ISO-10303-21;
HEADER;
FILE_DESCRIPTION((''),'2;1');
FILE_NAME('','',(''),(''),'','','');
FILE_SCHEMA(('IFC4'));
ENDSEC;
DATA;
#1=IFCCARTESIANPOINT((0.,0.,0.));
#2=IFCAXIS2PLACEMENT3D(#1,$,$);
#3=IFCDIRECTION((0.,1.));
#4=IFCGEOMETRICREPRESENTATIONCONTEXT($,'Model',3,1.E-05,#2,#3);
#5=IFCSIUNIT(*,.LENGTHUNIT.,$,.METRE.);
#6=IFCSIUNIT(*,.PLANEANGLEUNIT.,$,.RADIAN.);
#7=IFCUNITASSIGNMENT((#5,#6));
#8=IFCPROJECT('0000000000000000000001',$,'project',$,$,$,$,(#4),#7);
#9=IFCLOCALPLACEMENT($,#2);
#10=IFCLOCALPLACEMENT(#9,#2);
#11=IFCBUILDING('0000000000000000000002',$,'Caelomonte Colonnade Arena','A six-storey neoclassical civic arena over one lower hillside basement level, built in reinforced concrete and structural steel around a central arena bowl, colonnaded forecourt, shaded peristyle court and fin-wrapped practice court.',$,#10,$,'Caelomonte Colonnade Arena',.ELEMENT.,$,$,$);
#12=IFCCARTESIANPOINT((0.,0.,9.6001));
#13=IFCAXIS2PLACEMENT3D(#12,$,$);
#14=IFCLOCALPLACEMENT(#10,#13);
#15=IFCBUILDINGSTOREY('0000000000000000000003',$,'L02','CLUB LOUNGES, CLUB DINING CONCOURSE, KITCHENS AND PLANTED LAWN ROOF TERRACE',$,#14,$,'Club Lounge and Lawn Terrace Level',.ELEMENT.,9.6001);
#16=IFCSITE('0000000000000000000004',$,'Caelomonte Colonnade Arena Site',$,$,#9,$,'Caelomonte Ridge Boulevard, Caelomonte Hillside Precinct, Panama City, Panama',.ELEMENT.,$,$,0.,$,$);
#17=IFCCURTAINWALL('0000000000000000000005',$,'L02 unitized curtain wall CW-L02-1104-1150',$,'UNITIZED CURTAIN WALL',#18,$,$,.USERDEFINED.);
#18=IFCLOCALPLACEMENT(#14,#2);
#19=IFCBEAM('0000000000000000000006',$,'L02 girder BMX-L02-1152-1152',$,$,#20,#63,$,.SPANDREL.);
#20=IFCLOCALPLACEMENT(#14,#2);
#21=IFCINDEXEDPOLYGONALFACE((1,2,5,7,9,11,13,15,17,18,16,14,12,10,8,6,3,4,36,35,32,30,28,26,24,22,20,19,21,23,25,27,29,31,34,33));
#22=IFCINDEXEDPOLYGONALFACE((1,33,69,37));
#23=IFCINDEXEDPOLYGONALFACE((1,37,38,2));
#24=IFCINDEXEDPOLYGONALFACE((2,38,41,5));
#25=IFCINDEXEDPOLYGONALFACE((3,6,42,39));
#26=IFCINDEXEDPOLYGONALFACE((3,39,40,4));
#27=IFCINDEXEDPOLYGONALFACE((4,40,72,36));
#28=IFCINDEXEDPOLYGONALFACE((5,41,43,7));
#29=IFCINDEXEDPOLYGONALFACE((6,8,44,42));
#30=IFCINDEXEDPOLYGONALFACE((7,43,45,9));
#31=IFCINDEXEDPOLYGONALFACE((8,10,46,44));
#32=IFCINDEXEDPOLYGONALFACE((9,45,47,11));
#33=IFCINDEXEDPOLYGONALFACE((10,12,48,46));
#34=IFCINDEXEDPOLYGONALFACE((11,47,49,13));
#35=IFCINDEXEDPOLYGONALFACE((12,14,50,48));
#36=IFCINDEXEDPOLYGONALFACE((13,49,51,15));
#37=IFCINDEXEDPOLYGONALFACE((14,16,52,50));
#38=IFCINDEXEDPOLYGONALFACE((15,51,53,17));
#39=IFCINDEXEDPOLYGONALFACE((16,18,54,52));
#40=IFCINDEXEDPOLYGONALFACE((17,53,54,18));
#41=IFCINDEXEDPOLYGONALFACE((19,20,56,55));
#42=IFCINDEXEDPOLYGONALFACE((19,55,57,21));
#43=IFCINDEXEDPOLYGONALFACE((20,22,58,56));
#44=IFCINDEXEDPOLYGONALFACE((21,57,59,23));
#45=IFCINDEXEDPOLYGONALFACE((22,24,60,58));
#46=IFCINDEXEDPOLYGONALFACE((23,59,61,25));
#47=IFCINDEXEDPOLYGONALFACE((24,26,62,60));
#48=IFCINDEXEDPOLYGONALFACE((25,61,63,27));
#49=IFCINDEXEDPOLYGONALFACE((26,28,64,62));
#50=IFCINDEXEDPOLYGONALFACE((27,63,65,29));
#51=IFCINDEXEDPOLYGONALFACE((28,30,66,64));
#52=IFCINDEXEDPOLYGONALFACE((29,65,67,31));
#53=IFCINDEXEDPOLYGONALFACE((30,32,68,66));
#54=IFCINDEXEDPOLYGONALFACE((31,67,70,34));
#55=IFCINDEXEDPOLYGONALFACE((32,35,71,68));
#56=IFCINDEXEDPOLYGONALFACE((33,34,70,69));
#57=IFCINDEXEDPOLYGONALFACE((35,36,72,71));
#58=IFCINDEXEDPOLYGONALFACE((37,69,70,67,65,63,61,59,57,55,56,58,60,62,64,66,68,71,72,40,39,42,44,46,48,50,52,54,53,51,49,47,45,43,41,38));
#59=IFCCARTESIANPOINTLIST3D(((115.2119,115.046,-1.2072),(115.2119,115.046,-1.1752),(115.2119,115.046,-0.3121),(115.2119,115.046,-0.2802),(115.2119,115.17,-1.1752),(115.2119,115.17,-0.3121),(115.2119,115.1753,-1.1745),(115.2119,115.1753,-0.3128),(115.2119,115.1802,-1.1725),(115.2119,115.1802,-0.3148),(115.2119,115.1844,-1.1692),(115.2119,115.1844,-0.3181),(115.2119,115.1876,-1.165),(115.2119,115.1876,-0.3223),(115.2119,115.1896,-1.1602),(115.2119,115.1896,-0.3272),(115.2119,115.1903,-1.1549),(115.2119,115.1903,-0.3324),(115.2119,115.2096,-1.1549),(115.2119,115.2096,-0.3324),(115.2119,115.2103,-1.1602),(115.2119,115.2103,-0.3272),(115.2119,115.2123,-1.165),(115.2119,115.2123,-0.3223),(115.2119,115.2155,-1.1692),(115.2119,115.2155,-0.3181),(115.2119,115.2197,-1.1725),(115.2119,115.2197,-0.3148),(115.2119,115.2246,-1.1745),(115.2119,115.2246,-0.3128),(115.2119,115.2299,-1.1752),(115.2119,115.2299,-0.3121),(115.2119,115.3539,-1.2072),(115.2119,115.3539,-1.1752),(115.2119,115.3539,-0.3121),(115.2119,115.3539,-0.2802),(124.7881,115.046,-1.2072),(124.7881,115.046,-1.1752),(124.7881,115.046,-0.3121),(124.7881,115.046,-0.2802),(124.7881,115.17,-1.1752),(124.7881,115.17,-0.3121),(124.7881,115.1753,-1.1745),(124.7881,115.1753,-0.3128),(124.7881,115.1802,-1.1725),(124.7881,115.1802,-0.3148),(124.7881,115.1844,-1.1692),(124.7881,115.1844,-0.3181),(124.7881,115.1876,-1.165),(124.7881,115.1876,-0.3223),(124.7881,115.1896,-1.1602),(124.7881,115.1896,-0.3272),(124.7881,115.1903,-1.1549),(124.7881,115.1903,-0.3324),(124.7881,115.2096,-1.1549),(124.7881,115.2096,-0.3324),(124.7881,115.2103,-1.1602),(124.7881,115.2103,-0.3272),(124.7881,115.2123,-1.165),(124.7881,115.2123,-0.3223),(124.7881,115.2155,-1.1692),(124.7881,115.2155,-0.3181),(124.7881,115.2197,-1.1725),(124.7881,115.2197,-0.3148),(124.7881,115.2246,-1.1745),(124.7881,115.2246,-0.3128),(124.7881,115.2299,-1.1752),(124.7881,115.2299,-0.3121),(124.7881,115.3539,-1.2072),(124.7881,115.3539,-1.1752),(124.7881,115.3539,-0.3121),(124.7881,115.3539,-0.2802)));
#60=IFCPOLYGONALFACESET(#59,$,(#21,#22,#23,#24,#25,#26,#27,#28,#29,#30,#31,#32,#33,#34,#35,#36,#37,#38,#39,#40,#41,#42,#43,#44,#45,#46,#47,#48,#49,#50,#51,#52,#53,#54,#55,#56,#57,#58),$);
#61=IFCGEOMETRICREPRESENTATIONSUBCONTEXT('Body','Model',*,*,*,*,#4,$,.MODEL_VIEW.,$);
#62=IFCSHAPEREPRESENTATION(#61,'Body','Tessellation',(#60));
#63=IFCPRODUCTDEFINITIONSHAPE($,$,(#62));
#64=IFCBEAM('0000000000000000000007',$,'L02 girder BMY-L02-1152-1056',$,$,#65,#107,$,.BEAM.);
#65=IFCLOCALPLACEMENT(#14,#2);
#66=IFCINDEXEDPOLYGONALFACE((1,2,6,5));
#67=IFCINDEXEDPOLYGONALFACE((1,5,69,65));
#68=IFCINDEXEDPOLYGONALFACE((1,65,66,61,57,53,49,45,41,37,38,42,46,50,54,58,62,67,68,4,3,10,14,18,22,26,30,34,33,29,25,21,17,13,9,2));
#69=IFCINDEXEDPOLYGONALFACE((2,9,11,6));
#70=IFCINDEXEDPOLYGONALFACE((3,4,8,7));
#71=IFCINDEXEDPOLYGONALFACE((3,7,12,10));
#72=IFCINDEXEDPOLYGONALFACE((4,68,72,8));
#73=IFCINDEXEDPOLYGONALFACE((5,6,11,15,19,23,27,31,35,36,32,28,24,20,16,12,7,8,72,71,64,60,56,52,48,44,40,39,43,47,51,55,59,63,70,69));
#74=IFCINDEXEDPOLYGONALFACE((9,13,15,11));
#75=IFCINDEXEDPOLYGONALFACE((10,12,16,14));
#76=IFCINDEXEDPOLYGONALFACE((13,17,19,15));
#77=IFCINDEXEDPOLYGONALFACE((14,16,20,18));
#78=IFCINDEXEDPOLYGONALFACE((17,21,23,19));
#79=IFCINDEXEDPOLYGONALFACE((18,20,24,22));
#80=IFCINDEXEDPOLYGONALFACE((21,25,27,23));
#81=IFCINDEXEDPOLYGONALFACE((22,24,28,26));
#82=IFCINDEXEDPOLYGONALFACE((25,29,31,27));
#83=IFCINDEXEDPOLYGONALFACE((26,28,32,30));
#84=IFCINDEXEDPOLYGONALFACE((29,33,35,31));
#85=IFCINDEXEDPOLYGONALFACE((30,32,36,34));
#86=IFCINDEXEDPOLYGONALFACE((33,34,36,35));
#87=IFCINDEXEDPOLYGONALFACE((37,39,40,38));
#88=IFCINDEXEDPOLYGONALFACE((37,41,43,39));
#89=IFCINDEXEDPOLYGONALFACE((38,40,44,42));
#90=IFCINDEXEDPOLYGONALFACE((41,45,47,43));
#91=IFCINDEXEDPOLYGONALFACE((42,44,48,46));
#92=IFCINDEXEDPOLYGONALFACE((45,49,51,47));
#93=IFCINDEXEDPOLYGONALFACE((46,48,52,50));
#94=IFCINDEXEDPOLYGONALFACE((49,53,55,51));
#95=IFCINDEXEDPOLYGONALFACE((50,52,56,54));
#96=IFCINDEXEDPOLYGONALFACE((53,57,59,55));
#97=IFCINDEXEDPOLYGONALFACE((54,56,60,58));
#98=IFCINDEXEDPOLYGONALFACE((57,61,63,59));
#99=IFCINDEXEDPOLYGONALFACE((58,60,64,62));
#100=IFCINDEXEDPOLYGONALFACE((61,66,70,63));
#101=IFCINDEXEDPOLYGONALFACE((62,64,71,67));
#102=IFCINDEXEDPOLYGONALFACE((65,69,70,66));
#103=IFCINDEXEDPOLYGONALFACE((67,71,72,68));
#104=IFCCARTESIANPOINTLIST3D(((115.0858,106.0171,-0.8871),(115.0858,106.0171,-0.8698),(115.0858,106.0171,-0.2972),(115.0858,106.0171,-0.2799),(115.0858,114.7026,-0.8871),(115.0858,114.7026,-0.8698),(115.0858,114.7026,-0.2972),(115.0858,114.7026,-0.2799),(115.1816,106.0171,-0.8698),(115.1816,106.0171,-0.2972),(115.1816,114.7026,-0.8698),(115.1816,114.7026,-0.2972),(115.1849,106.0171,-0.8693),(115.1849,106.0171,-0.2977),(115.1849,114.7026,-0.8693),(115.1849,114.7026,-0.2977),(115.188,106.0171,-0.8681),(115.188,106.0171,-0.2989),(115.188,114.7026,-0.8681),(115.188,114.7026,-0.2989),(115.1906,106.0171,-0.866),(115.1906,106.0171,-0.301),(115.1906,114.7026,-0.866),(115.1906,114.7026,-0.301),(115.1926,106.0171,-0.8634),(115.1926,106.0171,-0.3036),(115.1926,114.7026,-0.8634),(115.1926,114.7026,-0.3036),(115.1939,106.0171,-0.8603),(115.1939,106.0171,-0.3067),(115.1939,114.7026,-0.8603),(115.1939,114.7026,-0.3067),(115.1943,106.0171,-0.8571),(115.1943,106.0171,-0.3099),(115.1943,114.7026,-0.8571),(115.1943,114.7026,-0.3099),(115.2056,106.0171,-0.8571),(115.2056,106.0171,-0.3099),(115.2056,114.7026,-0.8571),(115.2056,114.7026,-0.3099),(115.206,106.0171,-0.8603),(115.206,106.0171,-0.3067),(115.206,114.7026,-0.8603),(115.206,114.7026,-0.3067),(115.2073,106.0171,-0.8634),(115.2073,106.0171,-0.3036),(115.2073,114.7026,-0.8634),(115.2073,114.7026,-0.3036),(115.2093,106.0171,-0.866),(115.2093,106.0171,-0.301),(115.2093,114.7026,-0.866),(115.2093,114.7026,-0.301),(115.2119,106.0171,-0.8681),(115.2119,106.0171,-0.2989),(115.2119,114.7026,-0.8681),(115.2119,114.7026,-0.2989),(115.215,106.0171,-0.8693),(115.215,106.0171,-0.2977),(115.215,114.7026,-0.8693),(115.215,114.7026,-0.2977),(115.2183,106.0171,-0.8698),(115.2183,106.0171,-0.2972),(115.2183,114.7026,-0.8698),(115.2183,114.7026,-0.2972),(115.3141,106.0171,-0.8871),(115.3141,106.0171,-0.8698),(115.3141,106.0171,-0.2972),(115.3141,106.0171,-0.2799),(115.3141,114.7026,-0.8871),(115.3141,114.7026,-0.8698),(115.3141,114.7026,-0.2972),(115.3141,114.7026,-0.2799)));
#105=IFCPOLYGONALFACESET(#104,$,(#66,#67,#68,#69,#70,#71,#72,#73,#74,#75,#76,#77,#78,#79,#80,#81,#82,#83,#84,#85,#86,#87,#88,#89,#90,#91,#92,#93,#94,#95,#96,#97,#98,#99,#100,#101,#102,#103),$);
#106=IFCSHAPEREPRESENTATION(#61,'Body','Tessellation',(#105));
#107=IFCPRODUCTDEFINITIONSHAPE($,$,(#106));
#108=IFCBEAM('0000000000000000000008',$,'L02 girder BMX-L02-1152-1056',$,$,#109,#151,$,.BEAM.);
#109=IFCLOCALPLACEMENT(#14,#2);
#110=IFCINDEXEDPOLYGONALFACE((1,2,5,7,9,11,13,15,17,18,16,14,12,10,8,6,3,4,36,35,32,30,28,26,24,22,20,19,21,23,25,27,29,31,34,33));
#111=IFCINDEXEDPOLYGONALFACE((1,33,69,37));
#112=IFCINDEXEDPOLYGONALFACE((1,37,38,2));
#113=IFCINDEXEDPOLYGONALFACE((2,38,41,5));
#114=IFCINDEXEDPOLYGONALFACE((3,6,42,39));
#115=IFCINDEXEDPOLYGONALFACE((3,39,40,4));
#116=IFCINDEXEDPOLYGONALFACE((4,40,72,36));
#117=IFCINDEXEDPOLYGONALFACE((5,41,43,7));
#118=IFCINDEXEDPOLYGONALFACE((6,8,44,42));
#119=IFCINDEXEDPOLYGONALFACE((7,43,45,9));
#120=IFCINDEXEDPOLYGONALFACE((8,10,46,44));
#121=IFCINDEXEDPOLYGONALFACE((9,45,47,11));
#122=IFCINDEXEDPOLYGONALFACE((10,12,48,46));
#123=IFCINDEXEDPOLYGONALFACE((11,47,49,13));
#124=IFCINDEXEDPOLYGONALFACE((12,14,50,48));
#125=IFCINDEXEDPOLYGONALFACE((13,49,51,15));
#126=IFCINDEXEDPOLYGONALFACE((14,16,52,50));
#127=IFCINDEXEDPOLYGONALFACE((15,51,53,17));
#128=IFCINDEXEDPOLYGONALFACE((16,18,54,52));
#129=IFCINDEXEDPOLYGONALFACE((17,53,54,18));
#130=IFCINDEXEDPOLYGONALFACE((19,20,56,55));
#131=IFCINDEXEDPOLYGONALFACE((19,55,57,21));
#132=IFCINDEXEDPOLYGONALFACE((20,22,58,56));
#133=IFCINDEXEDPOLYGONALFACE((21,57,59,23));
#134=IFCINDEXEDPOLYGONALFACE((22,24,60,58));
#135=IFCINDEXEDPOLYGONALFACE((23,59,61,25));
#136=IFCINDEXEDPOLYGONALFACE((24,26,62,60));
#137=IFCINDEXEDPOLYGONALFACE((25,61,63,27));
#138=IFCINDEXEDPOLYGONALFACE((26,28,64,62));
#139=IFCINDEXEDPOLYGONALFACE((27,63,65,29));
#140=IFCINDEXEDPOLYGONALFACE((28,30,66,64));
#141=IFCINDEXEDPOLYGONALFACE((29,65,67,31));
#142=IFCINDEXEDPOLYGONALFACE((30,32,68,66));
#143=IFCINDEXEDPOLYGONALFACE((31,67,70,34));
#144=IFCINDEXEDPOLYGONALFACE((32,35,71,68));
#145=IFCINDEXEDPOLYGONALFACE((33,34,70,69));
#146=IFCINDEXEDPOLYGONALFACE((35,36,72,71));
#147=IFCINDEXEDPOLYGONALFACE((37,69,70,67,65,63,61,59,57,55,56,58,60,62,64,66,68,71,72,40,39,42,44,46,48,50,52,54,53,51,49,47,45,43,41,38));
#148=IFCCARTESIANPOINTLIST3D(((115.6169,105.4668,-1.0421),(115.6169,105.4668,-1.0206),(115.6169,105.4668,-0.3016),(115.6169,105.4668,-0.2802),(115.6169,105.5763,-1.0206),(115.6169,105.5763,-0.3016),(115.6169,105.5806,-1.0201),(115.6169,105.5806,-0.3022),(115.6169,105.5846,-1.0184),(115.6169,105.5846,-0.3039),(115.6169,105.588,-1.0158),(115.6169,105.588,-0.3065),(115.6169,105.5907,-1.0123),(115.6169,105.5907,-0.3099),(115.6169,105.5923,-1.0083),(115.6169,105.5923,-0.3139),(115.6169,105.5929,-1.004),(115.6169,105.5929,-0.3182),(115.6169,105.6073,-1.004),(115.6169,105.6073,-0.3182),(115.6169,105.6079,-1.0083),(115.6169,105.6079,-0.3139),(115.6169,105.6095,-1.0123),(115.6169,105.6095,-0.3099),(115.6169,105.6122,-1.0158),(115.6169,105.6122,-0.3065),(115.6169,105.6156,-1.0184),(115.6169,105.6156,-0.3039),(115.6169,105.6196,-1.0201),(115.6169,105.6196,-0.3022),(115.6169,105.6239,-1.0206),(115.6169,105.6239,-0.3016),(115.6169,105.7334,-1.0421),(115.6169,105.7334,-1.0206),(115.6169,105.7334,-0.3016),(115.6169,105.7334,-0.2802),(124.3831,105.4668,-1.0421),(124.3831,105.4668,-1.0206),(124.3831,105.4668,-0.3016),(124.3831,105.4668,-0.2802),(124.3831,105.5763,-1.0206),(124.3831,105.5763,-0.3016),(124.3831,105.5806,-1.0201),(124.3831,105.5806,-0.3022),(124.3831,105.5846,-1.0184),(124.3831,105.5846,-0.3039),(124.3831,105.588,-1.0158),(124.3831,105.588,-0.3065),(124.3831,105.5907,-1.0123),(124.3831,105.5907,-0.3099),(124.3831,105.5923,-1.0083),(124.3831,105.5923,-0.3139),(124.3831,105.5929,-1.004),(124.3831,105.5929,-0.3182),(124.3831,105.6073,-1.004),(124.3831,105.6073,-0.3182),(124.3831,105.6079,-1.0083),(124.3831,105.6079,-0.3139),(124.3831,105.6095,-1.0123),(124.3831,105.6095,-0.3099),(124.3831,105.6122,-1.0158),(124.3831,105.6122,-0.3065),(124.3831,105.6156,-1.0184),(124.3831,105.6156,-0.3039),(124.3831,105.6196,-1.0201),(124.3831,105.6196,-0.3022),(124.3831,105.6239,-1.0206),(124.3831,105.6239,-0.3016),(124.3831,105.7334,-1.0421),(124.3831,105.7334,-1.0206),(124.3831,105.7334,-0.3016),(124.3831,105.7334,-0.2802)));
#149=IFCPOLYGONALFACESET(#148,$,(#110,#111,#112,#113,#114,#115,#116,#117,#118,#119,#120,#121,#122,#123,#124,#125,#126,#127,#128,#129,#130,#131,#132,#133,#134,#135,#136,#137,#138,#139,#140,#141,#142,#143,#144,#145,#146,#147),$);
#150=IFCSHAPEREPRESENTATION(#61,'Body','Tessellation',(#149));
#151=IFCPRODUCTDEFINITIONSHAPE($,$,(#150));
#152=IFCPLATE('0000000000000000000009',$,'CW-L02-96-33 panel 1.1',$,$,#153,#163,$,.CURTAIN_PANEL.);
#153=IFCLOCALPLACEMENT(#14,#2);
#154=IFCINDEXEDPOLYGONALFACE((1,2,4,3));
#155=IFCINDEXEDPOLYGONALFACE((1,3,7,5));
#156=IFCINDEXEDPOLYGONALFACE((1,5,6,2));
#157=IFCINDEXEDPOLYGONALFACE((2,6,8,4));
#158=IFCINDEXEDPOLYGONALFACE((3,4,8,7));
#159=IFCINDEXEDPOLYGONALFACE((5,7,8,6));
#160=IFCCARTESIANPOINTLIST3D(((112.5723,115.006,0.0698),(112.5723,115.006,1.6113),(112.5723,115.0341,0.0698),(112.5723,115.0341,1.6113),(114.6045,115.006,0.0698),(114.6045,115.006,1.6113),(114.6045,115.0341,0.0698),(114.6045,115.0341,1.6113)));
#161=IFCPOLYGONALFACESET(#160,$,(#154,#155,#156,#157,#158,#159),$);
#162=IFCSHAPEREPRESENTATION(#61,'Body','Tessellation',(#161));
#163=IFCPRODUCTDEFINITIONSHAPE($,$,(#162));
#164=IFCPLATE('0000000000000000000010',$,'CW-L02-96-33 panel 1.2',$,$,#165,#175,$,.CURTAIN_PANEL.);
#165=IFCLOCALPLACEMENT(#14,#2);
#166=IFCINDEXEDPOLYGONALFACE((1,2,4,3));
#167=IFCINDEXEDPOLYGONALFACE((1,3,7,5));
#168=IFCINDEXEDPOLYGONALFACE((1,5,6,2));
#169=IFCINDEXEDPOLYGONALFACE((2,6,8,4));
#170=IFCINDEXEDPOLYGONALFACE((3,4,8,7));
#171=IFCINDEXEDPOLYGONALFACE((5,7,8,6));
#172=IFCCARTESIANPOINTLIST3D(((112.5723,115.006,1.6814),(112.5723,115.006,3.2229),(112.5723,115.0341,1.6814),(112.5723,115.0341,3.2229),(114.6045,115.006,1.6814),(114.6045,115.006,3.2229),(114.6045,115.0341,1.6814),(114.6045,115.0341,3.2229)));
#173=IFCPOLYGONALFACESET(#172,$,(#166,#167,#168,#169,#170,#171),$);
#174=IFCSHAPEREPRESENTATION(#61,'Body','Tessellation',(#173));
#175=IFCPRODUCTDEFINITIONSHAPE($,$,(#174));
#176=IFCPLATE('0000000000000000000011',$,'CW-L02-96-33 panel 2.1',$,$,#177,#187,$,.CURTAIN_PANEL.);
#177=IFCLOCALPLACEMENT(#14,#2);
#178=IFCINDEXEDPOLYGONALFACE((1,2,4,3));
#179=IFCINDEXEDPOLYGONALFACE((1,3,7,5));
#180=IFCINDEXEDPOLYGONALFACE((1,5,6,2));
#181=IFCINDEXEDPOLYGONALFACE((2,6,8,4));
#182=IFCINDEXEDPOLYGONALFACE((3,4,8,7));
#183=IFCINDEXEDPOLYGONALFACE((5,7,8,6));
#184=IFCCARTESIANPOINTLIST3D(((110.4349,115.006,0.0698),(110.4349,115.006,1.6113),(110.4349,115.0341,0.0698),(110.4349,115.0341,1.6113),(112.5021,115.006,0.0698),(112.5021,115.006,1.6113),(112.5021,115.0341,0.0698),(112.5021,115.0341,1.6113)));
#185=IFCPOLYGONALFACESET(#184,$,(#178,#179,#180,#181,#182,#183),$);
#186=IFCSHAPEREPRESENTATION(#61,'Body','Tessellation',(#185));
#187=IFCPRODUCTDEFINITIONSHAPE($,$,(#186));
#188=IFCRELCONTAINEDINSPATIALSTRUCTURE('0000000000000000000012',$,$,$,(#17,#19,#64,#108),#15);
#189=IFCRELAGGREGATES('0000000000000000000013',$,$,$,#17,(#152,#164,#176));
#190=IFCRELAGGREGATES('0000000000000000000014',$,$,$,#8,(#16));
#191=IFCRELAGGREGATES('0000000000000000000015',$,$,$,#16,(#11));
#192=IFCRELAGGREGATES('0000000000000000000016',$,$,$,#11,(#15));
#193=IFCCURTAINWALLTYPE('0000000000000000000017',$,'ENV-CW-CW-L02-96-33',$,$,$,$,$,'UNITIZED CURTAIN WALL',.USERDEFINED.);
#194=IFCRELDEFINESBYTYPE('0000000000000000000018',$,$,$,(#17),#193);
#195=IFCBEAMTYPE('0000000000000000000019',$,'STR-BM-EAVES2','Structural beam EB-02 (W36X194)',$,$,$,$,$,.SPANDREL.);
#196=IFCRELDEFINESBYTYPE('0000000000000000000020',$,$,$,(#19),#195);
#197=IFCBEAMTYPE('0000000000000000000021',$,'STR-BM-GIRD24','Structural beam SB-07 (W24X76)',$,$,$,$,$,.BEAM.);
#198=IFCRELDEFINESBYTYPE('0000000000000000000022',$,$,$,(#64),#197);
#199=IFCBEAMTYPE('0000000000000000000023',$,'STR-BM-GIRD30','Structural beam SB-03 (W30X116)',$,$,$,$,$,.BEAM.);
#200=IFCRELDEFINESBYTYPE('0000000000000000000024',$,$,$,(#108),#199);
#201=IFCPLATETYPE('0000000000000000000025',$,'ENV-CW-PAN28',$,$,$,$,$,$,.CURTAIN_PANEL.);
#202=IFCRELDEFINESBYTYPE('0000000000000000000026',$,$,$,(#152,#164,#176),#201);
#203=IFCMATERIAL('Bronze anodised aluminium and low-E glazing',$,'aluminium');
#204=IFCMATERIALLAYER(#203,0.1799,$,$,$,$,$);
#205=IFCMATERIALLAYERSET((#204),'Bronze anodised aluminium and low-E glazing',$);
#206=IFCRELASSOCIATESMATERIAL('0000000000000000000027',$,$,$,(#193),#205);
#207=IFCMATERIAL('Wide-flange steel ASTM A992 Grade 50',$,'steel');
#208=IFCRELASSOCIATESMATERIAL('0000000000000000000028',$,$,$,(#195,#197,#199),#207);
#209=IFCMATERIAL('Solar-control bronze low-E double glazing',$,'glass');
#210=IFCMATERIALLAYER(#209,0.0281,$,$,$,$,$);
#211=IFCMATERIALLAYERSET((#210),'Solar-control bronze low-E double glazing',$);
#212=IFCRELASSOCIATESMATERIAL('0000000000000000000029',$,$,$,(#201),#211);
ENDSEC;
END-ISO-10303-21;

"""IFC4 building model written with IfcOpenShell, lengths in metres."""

from ifc_helpers import new_model, si_unit, direction, frame, origin, origin_2d, place, context, subcontext, project, spatial, rectangle, i_section, extrude, material, layer, layer_set, material_profile, profile_set, type_object, element, aggregate, save


model = new_model("IFC4")

# Units and contexts
model_context = context("Model", 3, precision=1e-05, world=origin(), true_north=direction((0.0, 1.0)))
body_context = subcontext(model_context, "Body", "Model", "MODEL_VIEW")
ifc_project = project(units=[si_unit("LENGTHUNIT", "METRE"), si_unit("PLANEANGLEUNIT", "RADIAN")], contexts=[model_context])

# Site, building, storey
site_placement = place(None, origin())
site = spatial("IfcSite", under=ifc_project, at=site_placement, Name="Caelomonte Colonnade Arena Site", LongName="Caelomonte Ridge Boulevard, Caelomonte Hillside Precinct, Panama City, Panama", CompositionType="ELEMENT", RefElevation=0.0)
building_placement = place(site_placement, origin())
building = spatial("IfcBuilding", under=site, at=building_placement, Name="Caelomonte Colonnade Arena", Description="A six-storey neoclassical civic arena over one lower hillside basement level, built in reinforced concrete and structural steel around a central arena bowl, colonnaded forecourt, shaded peristyle court and fin-wrapped practice court.", LongName="Caelomonte Colonnade Arena", CompositionType="ELEMENT")
storey_placement = place(building_placement, frame((0.0, 0.0, 9.6001)))
storey = spatial("IfcBuildingStorey", under=building, at=storey_placement, Name="L02", Description="CLUB LOUNGES, CLUB DINING CONCOURSE, KITCHENS AND PLANTED LAWN ROOF TERRACE", LongName="Club Lounge and Lawn Terrace Level", CompositionType="ELEMENT", Elevation=9.6001)

# Shared definitions
ifc_material_1 = material(Name="Wide-flange steel ASTM A992 Grade 50", Category="steel")

# Shared definitions
ifc_material_2 = material(Name="Bronze anodised aluminium and low-E glazing", Category="aluminium")
ifc_layer_1 = layer(ifc_material_2, 0.1799)
ifc_layer_set_1 = layer_set([ifc_layer_1], Name="Bronze anodised aluminium and low-E glazing")
curtain_wall_type = type_object("IfcCurtainWallType", Name="ENV-CW-CW-L02-96-33", ElementType="UNITIZED CURTAIN WALL", PredefinedType="USERDEFINED", material=ifc_layer_set_1)

# Curtain wall
curtain_wall_1_placement = place(storey_placement, origin())
curtain_wall_1 = element("IfcCurtainWall", 1, at=curtain_wall_1_placement, inside=storey, type_object=curtain_wall_type, Name="L02 unitized curtain wall CW-L02-1104-1150", ObjectType="UNITIZED CURTAIN WALL", PredefinedType="USERDEFINED")

# Beams
ifc_material_profile_1 = material_profile(ifc_material_1, i_section(OverallWidth=0.3079, OverallDepth=0.927, WebThickness=0.0193, FlangeThickness=0.032, FilletRadius=0.0203, at=origin_2d()), Name="W36X194")
ifc_profile_set_1 = profile_set([ifc_material_profile_1], Name="Wide-flange steel ASTM A992 Grade 50")
beam_type_1 = type_object("IfcBeamType", Name="STR-BM-EAVES2", Description="Structural beam EB-02 (W36X194)", PredefinedType="SPANDREL", material=ifc_profile_set_1)
beam_1_placement = place(storey_placement, frame((115.2119, 115.2, -0.7437), z_axis=(1.0, 0.0, 0.0), x_axis=(0.0, 1.0, 0.0)))
element("IfcBeam", 2, at=beam_1_placement, inside=storey, type_object=beam_type_1, Name="L02 girder BMX-L02-1152-1152", PredefinedType="SPANDREL", context=body_context, shape_type="SweptSolid", body=[
    extrude(i_section(OverallWidth=0.3079, OverallDepth=0.927, WebThickness=0.0193, FlangeThickness=0.032, FilletRadius=0.0203, at=origin_2d()), origin(), (0.0, 0.0, 1.0), 9.5762),
])
ifc_material_profile_2 = material_profile(ifc_material_1, i_section(OverallWidth=0.2283, OverallDepth=0.6072, WebThickness=0.0112, FlangeThickness=0.0173, FilletRadius=0.0127, at=origin_2d()), Name="W24X76")
ifc_profile_set_2 = profile_set([ifc_material_profile_2], Name="Wide-flange steel ASTM A992 Grade 50")
beam_type_2 = type_object("IfcBeamType", Name="STR-BM-GIRD24", Description="Structural beam SB-07 (W24X76)", PredefinedType="BEAM", material=ifc_profile_set_2)
beam_2_placement = place(storey_placement, frame((115.2, 106.0171, -0.5835), z_axis=(0.0, 1.0, 0.0), x_axis=(-1.0, 0.0, 0.0)))
element("IfcBeam", 3, at=beam_2_placement, inside=storey, type_object=beam_type_2, Name="L02 girder BMY-L02-1152-1056", PredefinedType="BEAM", context=body_context, shape_type="SweptSolid", body=[
    extrude(i_section(OverallWidth=0.2283, OverallDepth=0.6072, WebThickness=0.0112, FlangeThickness=0.0173, FilletRadius=0.0127, at=origin_2d()), origin(), (0.0, 0.0, 1.0), 8.6855),
])
ifc_material_profile_3 = material_profile(ifc_material_1, i_section(OverallWidth=0.2666, OverallDepth=0.762, WebThickness=0.0144, FlangeThickness=0.0215, FilletRadius=0.0166, at=origin_2d()), Name="W30X116")
ifc_profile_set_3 = profile_set([ifc_material_profile_3], Name="Wide-flange steel ASTM A992 Grade 50")
beam_type_3 = type_object("IfcBeamType", Name="STR-BM-GIRD30", Description="Structural beam SB-03 (W30X116)", PredefinedType="BEAM", material=ifc_profile_set_3)
beam_3_placement = place(storey_placement, frame((115.6169, 105.6001, -0.6611), z_axis=(1.0, 0.0, 0.0), x_axis=(0.0, 1.0, 0.0)))
element("IfcBeam", 4, at=beam_3_placement, inside=storey, type_object=beam_type_3, Name="L02 girder BMX-L02-1152-1056", PredefinedType="BEAM", context=body_context, shape_type="SweptSolid", body=[
    extrude(i_section(OverallWidth=0.2666, OverallDepth=0.762, WebThickness=0.0144, FlangeThickness=0.0215, FilletRadius=0.0166, at=origin_2d()), origin(), (0.0, 0.0, 1.0), 8.7661),
])

# Plates
ifc_material_3 = material(Name="Solar-control bronze low-E double glazing", Category="glass")
ifc_layer_2 = layer(ifc_material_3, 0.0281)
ifc_layer_set_2 = layer_set([ifc_layer_2], Name="Solar-control bronze low-E double glazing")
plate_type = type_object("IfcPlateType", Name="ENV-CW-PAN28", PredefinedType="CURTAIN_PANEL", material=ifc_layer_set_2)
plate_1_placement = place(storey_placement, frame((113.5884, 115.02, 0.0698), z_axis=(0.0, 0.0, 1.0), x_axis=(-1.0, 0.0, 0.0)))
plate_1 = element("IfcPlate", 5, at=plate_1_placement, type_object=plate_type, Name="CW-L02-96-33 panel 1.1", PredefinedType="CURTAIN_PANEL", context=body_context, shape_type="SweptSolid", body=[
    extrude(rectangle(XDim=2.0322, YDim=0.0281, at=origin_2d()), origin(), (0.0, 0.0, 1.0), 1.5415),
])
plate_2_placement = place(storey_placement, frame((113.5884, 115.02, 1.6814), z_axis=(0.0, 0.0, 1.0), x_axis=(-1.0, 0.0, 0.0)))
plate_2 = element("IfcPlate", 6, at=plate_2_placement, type_object=plate_type, Name="CW-L02-96-33 panel 1.2", PredefinedType="CURTAIN_PANEL", context=body_context, shape_type="SweptSolid", body=[
    extrude(rectangle(XDim=2.0322, YDim=0.0281, at=origin_2d()), origin(), (0.0, 0.0, 1.0), 1.5415),
])
plate_3_placement = place(storey_placement, frame((111.4685, 115.02, 0.0698), z_axis=(0.0, 0.0, 1.0), x_axis=(-1.0, 0.0, 0.0)))
plate_3 = element("IfcPlate", 7, at=plate_3_placement, type_object=plate_type, Name="CW-L02-96-33 panel 2.1", PredefinedType="CURTAIN_PANEL", context=body_context, shape_type="SweptSolid", body=[
    extrude(rectangle(XDim=2.0671, YDim=0.0281, at=origin_2d()), origin(), (0.0, 0.0, 1.0), 1.5415),
])
aggregate(curtain_wall_1, [plate_1, plate_2, plate_3])

save(model, "model.ifc")
